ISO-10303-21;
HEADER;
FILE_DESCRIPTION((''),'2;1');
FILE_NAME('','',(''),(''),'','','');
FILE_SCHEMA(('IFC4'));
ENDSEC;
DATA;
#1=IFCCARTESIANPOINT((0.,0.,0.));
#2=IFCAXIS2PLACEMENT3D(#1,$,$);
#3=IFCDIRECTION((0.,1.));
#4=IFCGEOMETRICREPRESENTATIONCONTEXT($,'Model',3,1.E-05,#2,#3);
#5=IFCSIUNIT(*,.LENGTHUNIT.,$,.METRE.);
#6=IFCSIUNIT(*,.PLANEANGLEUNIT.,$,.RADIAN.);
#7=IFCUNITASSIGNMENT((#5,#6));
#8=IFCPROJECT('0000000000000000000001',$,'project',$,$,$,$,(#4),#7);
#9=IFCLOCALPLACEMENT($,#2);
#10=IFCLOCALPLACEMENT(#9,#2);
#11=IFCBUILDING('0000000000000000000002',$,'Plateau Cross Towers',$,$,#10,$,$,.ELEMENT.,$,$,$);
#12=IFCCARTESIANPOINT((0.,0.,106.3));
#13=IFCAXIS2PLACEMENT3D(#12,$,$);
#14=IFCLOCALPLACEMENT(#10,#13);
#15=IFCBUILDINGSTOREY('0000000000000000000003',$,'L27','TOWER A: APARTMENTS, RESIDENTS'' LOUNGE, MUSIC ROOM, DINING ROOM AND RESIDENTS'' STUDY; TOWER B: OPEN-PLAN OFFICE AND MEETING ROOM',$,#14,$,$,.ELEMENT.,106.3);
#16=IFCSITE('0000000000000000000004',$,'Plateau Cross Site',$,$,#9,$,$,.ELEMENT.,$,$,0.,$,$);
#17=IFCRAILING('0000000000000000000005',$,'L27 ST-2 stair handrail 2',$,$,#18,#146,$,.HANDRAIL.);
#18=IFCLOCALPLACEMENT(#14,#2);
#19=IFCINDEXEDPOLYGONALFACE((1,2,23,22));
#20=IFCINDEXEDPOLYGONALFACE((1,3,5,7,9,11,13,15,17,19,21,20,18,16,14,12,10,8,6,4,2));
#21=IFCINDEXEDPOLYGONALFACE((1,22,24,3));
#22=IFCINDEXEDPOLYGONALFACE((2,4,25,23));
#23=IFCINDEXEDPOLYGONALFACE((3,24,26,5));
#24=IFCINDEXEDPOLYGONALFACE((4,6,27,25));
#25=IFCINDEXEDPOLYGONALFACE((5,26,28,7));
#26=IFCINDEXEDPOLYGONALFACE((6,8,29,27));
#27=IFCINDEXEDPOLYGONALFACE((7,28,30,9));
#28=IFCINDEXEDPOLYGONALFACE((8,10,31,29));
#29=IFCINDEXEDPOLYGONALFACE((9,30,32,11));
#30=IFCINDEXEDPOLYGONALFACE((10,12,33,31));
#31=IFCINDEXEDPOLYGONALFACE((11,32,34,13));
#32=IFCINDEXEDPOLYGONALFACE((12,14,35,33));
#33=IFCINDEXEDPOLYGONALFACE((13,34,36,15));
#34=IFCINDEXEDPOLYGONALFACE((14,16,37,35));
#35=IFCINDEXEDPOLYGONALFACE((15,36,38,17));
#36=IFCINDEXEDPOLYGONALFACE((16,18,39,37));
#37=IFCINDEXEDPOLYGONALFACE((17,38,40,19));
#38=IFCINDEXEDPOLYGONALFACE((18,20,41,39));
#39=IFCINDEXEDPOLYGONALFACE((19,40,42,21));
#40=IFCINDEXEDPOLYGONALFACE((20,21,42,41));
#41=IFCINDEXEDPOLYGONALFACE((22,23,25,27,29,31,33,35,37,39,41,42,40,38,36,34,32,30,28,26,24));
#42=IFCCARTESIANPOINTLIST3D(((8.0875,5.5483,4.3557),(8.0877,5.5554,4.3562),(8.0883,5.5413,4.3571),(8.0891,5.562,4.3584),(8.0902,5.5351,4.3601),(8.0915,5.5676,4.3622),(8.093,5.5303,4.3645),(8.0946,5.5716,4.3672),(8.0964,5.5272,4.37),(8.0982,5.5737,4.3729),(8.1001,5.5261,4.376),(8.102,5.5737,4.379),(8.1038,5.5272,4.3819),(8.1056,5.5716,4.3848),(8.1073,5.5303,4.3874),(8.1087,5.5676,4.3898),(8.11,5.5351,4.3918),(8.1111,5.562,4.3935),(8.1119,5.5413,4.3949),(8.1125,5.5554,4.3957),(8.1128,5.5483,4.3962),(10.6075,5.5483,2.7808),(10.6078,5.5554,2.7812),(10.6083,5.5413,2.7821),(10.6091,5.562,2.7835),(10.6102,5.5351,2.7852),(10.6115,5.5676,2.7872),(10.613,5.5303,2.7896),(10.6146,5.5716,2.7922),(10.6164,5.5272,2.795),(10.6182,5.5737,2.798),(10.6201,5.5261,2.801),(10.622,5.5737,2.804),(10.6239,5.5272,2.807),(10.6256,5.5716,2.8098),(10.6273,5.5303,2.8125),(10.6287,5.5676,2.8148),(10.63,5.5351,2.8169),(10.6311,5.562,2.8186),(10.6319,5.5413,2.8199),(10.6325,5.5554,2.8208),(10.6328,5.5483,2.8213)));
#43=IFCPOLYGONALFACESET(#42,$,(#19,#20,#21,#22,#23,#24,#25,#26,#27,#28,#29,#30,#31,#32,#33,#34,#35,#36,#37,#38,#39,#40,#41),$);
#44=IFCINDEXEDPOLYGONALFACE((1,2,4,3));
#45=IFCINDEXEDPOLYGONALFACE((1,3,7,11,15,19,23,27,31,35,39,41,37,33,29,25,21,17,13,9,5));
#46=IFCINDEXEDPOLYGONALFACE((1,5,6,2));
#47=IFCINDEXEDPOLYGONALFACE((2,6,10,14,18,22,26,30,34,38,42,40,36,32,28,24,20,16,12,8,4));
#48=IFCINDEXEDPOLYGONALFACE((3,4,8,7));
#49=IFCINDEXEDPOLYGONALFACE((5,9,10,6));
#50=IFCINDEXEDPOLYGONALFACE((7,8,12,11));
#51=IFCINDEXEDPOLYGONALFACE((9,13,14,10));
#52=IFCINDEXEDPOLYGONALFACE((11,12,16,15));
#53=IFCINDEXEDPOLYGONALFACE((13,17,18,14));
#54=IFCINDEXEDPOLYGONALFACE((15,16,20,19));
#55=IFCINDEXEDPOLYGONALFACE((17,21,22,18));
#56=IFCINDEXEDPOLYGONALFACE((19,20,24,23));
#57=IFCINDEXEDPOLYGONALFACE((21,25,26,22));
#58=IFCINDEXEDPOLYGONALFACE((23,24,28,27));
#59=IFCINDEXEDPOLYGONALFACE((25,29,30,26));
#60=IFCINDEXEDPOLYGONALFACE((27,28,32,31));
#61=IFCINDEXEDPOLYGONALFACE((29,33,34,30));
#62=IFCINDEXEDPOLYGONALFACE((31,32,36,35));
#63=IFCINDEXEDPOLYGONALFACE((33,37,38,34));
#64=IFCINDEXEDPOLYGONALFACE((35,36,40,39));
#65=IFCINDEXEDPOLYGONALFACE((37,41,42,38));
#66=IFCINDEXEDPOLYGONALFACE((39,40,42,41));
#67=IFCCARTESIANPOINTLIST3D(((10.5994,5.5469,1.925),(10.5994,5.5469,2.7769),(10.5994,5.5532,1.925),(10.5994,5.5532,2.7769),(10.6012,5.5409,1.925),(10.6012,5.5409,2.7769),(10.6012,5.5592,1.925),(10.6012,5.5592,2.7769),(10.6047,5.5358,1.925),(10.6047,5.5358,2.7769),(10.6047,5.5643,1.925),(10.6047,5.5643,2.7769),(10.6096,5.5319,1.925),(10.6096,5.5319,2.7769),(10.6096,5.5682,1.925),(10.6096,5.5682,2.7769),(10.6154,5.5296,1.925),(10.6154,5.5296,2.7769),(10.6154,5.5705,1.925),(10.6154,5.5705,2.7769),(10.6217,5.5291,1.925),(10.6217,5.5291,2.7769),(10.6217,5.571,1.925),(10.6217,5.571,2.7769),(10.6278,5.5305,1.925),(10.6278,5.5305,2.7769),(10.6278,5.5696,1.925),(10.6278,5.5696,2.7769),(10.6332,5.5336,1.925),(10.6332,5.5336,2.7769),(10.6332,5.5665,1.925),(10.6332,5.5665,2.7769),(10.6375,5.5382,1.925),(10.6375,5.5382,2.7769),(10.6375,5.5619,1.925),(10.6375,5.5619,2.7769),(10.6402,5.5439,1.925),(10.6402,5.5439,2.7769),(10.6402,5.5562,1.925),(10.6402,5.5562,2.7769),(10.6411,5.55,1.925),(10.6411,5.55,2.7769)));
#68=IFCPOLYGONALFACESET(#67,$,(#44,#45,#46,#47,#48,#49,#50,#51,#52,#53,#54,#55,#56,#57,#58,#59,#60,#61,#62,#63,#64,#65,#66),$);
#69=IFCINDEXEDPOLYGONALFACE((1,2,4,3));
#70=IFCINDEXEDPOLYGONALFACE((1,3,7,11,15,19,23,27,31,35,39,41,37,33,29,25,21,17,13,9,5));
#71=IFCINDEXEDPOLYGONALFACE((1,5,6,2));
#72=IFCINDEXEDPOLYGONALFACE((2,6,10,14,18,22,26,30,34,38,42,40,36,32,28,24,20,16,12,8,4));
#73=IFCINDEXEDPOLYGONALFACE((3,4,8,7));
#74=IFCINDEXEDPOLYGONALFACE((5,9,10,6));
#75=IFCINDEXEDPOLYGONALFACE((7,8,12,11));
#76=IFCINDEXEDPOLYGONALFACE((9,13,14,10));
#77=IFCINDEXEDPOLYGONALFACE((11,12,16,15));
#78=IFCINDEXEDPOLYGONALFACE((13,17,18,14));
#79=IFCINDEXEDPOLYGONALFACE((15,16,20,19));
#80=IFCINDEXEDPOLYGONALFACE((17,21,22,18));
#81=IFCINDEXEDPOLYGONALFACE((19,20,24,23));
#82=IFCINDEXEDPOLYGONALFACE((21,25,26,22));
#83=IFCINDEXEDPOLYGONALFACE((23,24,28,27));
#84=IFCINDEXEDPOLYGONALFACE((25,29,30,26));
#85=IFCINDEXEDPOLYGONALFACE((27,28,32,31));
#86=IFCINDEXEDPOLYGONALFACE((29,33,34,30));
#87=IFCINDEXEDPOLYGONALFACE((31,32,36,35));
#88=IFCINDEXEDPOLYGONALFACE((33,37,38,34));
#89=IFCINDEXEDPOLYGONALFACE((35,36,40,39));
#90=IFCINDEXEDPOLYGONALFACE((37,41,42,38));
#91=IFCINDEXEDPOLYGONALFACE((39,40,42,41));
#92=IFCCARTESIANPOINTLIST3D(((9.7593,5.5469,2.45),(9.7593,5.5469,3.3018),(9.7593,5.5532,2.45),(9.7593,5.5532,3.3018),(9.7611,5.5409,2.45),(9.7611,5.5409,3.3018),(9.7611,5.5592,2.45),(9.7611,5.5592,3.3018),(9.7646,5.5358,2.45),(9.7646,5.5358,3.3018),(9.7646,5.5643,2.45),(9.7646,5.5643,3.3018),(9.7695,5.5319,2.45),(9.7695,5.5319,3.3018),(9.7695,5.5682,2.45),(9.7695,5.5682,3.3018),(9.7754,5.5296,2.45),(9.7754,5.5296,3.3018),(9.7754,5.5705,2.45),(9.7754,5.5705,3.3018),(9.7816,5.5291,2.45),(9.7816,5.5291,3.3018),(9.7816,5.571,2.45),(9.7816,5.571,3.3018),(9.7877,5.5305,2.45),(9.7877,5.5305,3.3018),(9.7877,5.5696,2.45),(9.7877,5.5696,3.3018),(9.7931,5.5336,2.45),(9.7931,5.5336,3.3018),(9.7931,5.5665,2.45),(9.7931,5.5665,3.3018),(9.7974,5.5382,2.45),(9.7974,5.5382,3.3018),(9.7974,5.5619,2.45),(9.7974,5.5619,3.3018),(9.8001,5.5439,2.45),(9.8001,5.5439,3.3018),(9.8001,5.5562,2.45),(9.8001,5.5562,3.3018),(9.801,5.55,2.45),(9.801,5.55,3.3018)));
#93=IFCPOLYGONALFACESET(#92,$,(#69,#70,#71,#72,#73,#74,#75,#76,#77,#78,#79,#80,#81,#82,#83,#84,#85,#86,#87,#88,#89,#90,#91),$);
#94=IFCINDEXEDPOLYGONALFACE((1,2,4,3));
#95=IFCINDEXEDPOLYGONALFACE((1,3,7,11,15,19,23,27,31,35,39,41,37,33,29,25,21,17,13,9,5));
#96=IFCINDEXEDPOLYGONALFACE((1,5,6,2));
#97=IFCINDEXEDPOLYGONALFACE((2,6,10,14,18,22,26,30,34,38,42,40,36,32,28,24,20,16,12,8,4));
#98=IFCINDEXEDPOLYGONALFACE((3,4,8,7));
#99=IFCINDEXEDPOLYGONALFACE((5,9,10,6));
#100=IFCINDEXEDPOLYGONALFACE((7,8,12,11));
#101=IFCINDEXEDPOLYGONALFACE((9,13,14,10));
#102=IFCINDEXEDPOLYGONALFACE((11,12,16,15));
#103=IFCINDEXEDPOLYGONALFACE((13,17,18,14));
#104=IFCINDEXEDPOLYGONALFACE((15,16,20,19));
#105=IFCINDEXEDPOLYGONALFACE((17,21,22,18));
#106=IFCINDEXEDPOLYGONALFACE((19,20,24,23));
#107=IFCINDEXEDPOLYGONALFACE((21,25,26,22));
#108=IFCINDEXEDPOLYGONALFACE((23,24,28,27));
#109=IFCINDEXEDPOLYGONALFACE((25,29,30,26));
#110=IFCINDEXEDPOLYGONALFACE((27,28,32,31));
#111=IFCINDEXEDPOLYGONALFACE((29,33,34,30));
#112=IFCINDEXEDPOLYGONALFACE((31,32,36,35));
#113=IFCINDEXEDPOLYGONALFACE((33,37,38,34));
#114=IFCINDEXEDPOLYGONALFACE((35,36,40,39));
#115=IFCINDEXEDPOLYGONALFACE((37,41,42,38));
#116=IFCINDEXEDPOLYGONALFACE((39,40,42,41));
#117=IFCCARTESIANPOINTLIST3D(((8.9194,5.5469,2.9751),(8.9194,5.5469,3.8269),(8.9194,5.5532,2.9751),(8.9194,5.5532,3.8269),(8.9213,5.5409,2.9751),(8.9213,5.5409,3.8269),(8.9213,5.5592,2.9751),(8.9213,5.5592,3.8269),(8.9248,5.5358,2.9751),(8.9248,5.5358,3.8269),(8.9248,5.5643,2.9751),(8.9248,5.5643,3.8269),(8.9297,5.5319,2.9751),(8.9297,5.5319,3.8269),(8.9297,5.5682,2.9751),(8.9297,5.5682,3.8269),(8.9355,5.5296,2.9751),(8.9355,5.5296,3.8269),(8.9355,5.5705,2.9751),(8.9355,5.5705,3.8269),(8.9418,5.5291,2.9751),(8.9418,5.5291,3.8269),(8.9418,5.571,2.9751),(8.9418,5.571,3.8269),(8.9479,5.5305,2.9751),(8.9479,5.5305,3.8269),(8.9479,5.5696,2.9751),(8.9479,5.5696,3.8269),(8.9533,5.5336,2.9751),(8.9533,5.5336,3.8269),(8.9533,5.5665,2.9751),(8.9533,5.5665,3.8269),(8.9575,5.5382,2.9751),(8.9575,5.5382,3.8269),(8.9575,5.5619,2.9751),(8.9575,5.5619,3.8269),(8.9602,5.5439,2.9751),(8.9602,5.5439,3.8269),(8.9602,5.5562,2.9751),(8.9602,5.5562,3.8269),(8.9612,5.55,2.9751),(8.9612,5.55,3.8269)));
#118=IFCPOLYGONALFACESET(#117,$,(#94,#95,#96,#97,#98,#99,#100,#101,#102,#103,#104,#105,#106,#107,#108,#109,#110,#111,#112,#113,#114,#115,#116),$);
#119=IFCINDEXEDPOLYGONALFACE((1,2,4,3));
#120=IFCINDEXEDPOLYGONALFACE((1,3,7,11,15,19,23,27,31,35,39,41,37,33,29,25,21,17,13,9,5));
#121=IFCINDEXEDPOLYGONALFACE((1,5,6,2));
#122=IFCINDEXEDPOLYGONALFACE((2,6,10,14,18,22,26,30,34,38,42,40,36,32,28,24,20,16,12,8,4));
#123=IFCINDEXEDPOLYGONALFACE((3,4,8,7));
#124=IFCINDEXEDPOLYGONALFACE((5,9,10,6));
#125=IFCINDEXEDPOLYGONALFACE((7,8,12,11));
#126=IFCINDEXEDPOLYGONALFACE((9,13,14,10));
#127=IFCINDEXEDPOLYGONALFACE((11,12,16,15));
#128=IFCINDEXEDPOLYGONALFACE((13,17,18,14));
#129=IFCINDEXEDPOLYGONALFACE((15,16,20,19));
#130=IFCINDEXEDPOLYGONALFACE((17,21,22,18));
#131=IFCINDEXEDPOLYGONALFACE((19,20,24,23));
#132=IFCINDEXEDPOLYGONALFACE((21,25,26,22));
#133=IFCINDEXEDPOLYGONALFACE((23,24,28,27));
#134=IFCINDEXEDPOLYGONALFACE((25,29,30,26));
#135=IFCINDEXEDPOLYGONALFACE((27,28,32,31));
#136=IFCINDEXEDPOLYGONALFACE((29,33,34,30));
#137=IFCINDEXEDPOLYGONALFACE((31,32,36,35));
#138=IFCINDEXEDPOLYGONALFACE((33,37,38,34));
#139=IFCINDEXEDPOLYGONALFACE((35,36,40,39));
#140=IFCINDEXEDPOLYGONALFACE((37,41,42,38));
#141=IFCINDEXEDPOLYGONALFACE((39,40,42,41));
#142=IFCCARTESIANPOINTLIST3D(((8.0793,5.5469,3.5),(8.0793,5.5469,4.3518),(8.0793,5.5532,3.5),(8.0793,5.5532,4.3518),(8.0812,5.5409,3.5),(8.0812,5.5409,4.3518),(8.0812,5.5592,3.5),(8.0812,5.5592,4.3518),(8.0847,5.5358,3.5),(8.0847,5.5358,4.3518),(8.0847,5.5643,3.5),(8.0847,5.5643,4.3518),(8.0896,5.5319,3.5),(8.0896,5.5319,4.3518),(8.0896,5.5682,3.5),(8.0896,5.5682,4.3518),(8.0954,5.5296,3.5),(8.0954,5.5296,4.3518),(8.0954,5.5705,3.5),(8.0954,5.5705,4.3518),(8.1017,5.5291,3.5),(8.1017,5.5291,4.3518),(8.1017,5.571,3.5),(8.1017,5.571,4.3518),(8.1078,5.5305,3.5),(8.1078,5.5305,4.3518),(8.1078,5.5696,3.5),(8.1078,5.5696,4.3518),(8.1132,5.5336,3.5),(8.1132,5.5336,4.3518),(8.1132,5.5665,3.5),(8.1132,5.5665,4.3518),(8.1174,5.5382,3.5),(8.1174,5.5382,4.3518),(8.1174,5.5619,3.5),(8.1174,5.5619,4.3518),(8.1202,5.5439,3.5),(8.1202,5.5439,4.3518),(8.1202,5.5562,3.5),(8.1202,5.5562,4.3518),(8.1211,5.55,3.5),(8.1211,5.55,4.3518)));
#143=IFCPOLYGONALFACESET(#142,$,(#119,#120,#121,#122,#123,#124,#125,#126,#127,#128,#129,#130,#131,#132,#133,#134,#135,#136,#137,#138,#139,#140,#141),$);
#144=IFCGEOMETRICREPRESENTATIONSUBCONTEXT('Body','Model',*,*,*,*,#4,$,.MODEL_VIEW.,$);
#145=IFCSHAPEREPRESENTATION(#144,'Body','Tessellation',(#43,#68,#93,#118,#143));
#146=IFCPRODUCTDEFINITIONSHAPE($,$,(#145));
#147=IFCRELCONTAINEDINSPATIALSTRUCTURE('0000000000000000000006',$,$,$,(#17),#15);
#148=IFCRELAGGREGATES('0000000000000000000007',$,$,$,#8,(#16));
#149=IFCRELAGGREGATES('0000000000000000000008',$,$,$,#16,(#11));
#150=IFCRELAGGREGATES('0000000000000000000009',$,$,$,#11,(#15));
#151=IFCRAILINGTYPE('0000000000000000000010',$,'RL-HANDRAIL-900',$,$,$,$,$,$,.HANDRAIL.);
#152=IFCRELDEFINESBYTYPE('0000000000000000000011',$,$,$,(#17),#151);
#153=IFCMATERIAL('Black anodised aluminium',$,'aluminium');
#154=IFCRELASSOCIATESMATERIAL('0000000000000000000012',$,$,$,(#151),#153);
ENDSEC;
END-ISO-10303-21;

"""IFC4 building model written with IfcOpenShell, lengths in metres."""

from ifc_helpers import new_model, si_unit, direction, frame, origin, origin_2d, place, context, subcontext, project, spatial, circle, extrude, material, type_object, element, save


model = new_model("IFC4")

# Units and contexts
model_context = context("Model", 3, precision=1e-05, world=origin(), true_north=direction((0.0, 1.0)))
body_context = subcontext(model_context, "Body", "Model", "MODEL_VIEW")
ifc_project = project(units=[si_unit("LENGTHUNIT", "METRE"), si_unit("PLANEANGLEUNIT", "RADIAN")], contexts=[model_context])

# Site, building, storey
site_placement = place(None, origin())
site = spatial("IfcSite", under=ifc_project, at=site_placement, Name="Plateau Cross Site", CompositionType="ELEMENT", RefElevation=0.0)
building_placement = place(site_placement, origin())
building = spatial("IfcBuilding", under=site, at=building_placement, Name="Plateau Cross Towers", CompositionType="ELEMENT")
storey_placement = place(building_placement, frame((0.0, 0.0, 106.3)))
storey = spatial("IfcBuildingStorey", under=building, at=storey_placement, Name="L27", Description="TOWER A: APARTMENTS, RESIDENTS' LOUNGE, MUSIC ROOM, DINING ROOM AND RESIDENTS' STUDY; TOWER B: OPEN-PLAN OFFICE AND MEETING ROOM", CompositionType="ELEMENT", Elevation=106.3)

# Shared definitions
ifc_material_1 = material(Name="Black anodised aluminium", Category="aluminium")

# Railing
railing_type_1 = type_object("IfcRailingType", Name="RL-HANDRAIL-900", PredefinedType="HANDRAIL", material=ifc_material_1)
railing_1_placement = place(storey_placement, frame((10.6201, 5.55, 1.925)))
element("IfcRailing", 1, at=railing_1_placement, inside=storey, type_object=railing_type_1, Name="L27 ST-2 stair handrail 2", PredefinedType="HANDRAIL", context=body_context, shape_type="SweptSolid", body=[
    extrude(circle(Radius=0.0239, at=origin_2d()), frame((0.0, 0.0, 0.876), z_axis=(-0.848008, 0.0, 0.529984), x_axis=(0.0, -1.0, 0.0)), (0.0, 0.0, 1.0), 2.9717),
    extrude(circle(Radius=0.021, at=origin_2d()), origin(), (0.0, 0.0, 1.0), 0.8518),
    extrude(circle(Radius=0.021, at=origin_2d()), frame((-0.8401, 0.0, 0.5249)), (0.0, 0.0, 1.0), 0.8518),
    extrude(circle(Radius=0.021, at=origin_2d()), frame((-1.6799, 0.0, 1.05)), (0.0, 0.0, 1.0), 0.8518),
    extrude(circle(Radius=0.021, at=origin_2d()), frame((-2.52, 0.0, 1.575)), (0.0, 0.0, 1.0), 0.8518),
])

save(model, "model.ifc")
